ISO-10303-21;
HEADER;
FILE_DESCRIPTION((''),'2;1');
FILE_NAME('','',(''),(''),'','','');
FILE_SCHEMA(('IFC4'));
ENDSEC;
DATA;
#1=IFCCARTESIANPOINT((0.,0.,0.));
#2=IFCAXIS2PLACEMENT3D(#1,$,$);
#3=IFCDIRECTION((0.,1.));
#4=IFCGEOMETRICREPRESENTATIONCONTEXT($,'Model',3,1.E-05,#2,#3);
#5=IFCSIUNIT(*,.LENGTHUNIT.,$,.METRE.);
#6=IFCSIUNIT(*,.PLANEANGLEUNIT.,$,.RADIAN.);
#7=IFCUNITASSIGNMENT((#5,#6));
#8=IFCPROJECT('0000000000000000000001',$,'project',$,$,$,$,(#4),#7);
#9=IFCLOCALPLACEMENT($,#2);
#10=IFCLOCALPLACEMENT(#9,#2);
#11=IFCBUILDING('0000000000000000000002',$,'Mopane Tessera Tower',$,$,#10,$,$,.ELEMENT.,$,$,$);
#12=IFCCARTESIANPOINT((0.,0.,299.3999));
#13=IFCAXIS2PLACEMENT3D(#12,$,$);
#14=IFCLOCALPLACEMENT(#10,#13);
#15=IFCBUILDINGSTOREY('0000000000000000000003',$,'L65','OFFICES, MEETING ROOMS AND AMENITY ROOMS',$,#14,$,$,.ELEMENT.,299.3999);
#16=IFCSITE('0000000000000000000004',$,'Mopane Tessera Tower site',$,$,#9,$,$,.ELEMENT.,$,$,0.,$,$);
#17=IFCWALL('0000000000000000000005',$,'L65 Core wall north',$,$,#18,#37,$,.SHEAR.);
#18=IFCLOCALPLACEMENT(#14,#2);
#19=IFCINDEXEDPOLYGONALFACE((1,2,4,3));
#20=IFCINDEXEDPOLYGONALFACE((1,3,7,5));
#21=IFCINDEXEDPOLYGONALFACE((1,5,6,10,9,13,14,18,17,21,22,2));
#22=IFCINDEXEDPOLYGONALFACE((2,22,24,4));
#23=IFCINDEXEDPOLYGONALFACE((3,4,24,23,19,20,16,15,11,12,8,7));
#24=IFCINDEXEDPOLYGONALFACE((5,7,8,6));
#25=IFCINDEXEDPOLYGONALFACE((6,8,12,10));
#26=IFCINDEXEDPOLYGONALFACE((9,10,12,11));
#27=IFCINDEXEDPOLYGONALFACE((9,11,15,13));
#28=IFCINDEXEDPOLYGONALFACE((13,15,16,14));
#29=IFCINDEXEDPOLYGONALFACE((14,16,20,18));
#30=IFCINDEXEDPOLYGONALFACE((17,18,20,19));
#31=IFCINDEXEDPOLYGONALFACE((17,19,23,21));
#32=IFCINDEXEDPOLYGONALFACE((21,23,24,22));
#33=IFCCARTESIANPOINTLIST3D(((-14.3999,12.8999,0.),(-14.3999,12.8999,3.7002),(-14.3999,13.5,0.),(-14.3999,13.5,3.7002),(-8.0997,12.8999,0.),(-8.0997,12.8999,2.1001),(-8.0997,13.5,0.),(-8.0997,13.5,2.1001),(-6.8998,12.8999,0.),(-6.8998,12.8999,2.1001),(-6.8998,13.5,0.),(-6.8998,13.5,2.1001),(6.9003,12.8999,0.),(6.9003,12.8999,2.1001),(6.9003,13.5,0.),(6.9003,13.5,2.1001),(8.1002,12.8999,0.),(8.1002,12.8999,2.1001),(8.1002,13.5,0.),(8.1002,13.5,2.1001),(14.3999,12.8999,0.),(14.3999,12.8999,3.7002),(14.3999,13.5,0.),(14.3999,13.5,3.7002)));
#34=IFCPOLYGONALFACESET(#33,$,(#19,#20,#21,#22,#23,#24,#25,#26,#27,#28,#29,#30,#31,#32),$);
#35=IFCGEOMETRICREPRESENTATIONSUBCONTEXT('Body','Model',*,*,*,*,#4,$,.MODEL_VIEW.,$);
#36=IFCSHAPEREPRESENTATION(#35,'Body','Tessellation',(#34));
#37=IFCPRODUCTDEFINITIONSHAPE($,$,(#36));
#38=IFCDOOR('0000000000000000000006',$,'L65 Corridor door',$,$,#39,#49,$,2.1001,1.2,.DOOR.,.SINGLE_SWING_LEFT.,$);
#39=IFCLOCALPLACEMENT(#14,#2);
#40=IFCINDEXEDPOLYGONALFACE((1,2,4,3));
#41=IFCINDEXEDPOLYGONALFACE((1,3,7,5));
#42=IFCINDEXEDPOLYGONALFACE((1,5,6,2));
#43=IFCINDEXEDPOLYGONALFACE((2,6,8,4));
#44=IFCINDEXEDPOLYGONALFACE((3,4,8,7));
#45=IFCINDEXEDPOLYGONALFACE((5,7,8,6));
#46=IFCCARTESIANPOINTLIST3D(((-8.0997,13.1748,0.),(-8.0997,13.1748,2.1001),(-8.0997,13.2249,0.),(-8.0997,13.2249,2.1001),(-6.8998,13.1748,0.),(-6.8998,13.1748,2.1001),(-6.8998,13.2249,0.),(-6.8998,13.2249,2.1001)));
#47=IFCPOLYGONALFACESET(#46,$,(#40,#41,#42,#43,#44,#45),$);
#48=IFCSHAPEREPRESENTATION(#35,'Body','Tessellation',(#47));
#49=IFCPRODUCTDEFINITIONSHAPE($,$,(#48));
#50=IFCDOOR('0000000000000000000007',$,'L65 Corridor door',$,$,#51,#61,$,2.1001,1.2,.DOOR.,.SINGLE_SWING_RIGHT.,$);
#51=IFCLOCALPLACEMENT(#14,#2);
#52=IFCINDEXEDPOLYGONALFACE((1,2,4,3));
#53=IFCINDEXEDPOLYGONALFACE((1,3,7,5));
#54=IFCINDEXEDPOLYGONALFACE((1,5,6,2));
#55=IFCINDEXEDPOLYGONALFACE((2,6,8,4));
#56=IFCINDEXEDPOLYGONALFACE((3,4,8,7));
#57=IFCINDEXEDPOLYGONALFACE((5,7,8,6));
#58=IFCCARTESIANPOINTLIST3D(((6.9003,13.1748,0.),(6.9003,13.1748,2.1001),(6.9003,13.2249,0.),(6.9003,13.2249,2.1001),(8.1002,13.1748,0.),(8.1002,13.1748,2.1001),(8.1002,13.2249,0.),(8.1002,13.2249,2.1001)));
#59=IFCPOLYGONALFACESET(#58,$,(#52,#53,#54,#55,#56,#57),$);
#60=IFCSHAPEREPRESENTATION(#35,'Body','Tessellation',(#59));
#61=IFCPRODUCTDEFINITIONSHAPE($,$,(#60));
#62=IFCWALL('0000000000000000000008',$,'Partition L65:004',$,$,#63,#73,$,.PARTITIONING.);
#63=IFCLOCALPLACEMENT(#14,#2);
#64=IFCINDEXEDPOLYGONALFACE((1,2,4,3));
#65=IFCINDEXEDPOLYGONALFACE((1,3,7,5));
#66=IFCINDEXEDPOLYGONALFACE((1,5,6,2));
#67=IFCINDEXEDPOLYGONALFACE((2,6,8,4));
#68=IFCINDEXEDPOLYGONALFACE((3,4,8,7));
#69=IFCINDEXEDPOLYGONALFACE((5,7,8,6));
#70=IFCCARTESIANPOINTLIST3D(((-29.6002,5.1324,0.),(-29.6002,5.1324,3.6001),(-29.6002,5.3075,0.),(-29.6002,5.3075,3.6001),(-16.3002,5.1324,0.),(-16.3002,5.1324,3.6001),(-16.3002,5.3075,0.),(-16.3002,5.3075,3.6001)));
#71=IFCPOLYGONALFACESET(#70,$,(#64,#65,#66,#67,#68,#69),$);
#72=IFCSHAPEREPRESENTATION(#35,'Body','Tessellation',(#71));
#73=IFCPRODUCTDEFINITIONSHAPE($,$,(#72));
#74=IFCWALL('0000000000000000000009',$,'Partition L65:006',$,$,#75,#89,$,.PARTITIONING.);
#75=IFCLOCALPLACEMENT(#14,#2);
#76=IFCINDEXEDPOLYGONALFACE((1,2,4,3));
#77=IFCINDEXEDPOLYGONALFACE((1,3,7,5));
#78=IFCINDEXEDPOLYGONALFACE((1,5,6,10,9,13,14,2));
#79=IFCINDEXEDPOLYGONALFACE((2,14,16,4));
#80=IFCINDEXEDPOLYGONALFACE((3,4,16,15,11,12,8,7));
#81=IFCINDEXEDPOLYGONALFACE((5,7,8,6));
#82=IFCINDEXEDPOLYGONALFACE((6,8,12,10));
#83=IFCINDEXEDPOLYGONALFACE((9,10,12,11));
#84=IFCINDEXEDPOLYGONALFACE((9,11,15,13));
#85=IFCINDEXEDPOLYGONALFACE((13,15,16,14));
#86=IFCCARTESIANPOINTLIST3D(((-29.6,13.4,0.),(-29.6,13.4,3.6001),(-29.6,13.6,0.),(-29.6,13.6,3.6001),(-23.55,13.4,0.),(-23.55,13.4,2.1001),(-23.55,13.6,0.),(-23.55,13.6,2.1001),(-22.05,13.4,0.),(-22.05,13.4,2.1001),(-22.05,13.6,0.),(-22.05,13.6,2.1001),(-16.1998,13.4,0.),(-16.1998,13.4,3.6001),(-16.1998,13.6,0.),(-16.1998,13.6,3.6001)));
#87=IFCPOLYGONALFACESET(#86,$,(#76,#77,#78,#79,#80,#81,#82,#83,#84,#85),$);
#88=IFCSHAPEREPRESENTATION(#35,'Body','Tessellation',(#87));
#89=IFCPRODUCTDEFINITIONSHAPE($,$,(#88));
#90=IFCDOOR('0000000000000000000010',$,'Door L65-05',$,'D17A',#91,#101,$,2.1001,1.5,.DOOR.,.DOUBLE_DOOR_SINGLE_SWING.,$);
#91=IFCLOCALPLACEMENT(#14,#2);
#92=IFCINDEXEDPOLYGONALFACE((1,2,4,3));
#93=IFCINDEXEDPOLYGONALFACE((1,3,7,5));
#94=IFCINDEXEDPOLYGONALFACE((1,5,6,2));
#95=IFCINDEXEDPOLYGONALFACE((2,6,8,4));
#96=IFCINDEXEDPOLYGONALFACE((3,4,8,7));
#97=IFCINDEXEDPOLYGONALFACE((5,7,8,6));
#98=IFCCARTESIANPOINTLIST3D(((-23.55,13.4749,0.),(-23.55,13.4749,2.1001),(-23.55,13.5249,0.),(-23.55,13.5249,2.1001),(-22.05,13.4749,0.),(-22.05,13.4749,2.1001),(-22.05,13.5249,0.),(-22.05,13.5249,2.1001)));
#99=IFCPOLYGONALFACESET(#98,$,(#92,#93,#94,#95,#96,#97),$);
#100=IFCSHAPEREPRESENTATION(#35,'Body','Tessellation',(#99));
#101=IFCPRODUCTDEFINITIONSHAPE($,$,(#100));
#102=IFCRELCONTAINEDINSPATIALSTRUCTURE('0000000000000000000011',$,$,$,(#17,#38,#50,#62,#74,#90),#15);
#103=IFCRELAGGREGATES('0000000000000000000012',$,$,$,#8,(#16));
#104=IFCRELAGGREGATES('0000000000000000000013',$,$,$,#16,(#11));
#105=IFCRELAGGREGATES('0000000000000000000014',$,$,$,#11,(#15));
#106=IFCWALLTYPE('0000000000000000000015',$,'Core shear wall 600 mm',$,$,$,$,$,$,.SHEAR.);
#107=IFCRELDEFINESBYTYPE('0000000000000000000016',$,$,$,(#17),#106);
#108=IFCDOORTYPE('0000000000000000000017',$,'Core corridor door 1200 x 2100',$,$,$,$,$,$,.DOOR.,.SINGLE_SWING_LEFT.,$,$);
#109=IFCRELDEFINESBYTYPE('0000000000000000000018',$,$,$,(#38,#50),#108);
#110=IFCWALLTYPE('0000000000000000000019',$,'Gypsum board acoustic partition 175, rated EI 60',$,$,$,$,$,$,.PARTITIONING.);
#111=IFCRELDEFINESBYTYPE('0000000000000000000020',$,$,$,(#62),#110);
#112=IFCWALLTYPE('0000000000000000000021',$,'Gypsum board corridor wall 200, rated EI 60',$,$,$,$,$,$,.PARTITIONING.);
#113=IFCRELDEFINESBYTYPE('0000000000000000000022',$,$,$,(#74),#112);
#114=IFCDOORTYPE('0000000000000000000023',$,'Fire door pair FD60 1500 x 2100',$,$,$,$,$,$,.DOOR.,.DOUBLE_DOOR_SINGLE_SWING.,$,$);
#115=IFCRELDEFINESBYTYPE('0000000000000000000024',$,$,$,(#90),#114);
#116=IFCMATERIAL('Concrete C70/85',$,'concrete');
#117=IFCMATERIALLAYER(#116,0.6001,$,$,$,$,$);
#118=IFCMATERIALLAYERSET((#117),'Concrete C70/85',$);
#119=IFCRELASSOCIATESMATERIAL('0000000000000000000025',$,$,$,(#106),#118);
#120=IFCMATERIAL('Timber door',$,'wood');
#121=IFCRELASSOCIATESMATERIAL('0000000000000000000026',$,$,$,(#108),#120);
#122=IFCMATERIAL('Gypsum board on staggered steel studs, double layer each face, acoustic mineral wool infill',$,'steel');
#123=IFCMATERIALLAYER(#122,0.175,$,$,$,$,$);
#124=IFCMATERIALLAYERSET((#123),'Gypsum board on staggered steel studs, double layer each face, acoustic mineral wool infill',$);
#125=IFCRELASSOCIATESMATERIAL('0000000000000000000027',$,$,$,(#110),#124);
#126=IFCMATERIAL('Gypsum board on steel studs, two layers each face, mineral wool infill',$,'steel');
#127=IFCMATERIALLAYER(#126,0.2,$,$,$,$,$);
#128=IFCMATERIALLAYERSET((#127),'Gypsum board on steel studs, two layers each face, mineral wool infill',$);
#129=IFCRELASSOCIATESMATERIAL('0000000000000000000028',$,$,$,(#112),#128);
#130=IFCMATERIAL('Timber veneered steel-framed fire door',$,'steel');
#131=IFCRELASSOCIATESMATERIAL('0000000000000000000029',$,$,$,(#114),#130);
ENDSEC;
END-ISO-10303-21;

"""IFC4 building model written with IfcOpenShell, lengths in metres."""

from ifc_helpers import new_model, si_unit, direction, frame, frame_2d, origin, place, context, subcontext, project, spatial, rectangle, extrude, material, layer, layer_set, type_object, element, fill, save


model = new_model("IFC4")

# Units and contexts
model_context = context("Model", 3, precision=1e-05, world=origin(), true_north=direction((0.0, 1.0)))
body_context = subcontext(model_context, "Body", "Model", "MODEL_VIEW")
ifc_project = project(units=[si_unit("LENGTHUNIT", "METRE"), si_unit("PLANEANGLEUNIT", "RADIAN")], contexts=[model_context])

# Site, building, storey
site_placement = place(None, origin())
site = spatial("IfcSite", under=ifc_project, at=site_placement, Name="Mopane Tessera Tower site", CompositionType="ELEMENT", RefElevation=0.0)
building_placement = place(site_placement, origin())
building = spatial("IfcBuilding", under=site, at=building_placement, Name="Mopane Tessera Tower", CompositionType="ELEMENT")
storey_placement = place(building_placement, frame((0.0, 0.0, 299.3999)))
storey = spatial("IfcBuildingStorey", under=building, at=storey_placement, Name="L65", Description="OFFICES, MEETING ROOMS AND AMENITY ROOMS", CompositionType="ELEMENT", Elevation=299.3999)

# Wall, openings, doors
ifc_material_1 = material(Name="Concrete C70/85", Category="concrete")
ifc_layer_1 = layer(ifc_material_1, 0.6001)
ifc_layer_set_1 = layer_set([ifc_layer_1], Name="Concrete C70/85")
wall_type_1 = type_object("IfcWallType", Name="Core shear wall 600 mm", PredefinedType="SHEAR", material=ifc_layer_set_1)
wall_1_placement = place(storey_placement, frame((-14.3999, 13.2, 0.0), z_axis=(0.0, 0.0, 1.0), x_axis=(1.0, 0.0, 0.0)))
wall_1 = element("IfcWall", 1, at=wall_1_placement, inside=storey, type_object=wall_type_1, Name="L65 Core wall north", PredefinedType="SHEAR", context=body_context, shape_type="SweptSolid", body=[
    extrude(rectangle(XDim=28.7998, YDim=0.6001, at=frame_2d((14.3999, 0.0))), origin(), (0.0, 0.0, 1.0), 3.7002),
])
opening_1_placement = place(wall_1_placement, frame((6.3, 0.0, 0.0)))
opening_1 = element("IfcOpeningElement", 2, at=opening_1_placement, cuts=wall_1, PredefinedType="OPENING", context=body_context, shape_type="SweptSolid", body=[
    extrude(rectangle(XDim=1.2, YDim=2.1001, at=frame_2d((0.6001, 1.05))), frame((0.0, 0.312, 0.0), z_axis=(0.0, -1.0, 0.0), x_axis=(1.0, 0.0, 0.0)), (0.0, 0.0, 1.0), 0.624),
])
opening_2_placement = place(wall_1_placement, frame((21.3, 0.0, 0.0)))
opening_2 = element("IfcOpeningElement", 3, at=opening_2_placement, cuts=wall_1, PredefinedType="OPENING", context=body_context, shape_type="SweptSolid", body=[
    extrude(rectangle(XDim=1.2, YDim=2.1001, at=frame_2d((0.6001, 1.05))), frame((0.0, 0.312, 0.0), z_axis=(0.0, -1.0, 0.0), x_axis=(1.0, 0.0, 0.0)), (0.0, 0.0, 1.0), 0.624),
])
ifc_material_2 = material(Name="Timber door", Category="wood")
door_type_1 = type_object("IfcDoorType", Name="Core corridor door 1200 x 2100", OperationType="SINGLE_SWING_LEFT", PredefinedType="DOOR", material=ifc_material_2)
door_1_placement = place(opening_1_placement, origin())
door_1 = element("IfcDoor", 4, at=door_1_placement, inside=storey, type_object=door_type_1, Name="L65 Corridor door", OperationType="SINGLE_SWING_LEFT", OverallHeight=2.1001, OverallWidth=1.2, PredefinedType="DOOR", context=body_context, shape_type="SweptSolid", body=[
    extrude(rectangle(XDim=1.2, YDim=2.1001, at=frame_2d((0.6001, 1.05))), frame((0.0, 0.0249, 0.0), z_axis=(0.0, -1.0, 0.0), x_axis=(1.0, 0.0, 0.0)), (0.0, 0.0, 1.0), 0.05),
])
fill(opening_1, door_1)
door_2_placement = place(opening_2_placement, origin())
door_2 = element("IfcDoor", 5, at=door_2_placement, inside=storey, type_object=door_type_1, Name="L65 Corridor door", OperationType="SINGLE_SWING_RIGHT", OverallHeight=2.1001, OverallWidth=1.2, PredefinedType="DOOR", context=body_context, shape_type="SweptSolid", body=[
    extrude(rectangle(XDim=1.2, YDim=2.1001, at=frame_2d((0.6001, 1.05))), frame((0.0, 0.0249, 0.0), z_axis=(0.0, -1.0, 0.0), x_axis=(1.0, 0.0, 0.0)), (0.0, 0.0, 1.0), 0.05),
])
fill(opening_2, door_2)

# Wall
ifc_material_3 = material(Name="Gypsum board on staggered steel studs, double layer each face, acoustic mineral wool infill", Category="steel")
ifc_layer_2 = layer(ifc_material_3, 0.175)
ifc_layer_set_2 = layer_set([ifc_layer_2], Name="Gypsum board on staggered steel studs, double layer each face, acoustic mineral wool infill")
wall_type_2 = type_object("IfcWallType", Name="Gypsum board acoustic partition 175, rated EI 60", PredefinedType="PARTITIONING", material=ifc_layer_set_2)
wall_2_placement = place(storey_placement, frame((-29.6001, 5.22, 0.0), z_axis=(0.0, 0.0, 1.0), x_axis=(1.0, 0.0, 0.0)))
element("IfcWall", 6, at=wall_2_placement, inside=storey, type_object=wall_type_2, Name="Partition L65:004", PredefinedType="PARTITIONING", context=body_context, shape_type="SweptSolid", body=[
    extrude(rectangle(XDim=13.3, YDim=0.175, at=frame_2d((6.6499, 0.0))), origin(), (0.0, 0.0, 1.0), 3.6001),
])

# Wall, opening, door
ifc_material_4 = material(Name="Gypsum board on steel studs, two layers each face, mineral wool infill", Category="steel")
ifc_layer_3 = layer(ifc_material_4, 0.2)
ifc_layer_set_3 = layer_set([ifc_layer_3], Name="Gypsum board on steel studs, two layers each face, mineral wool infill")
wall_type_3 = type_object("IfcWallType", Name="Gypsum board corridor wall 200, rated EI 60", PredefinedType="PARTITIONING", material=ifc_layer_set_3)
wall_3_placement = place(storey_placement, frame((-29.6001, 13.5, 0.0), z_axis=(0.0, 0.0, 1.0), x_axis=(1.0, 0.0, 0.0)))
wall_3 = element("IfcWall", 7, at=wall_3_placement, inside=storey, type_object=wall_type_3, Name="Partition L65:006", PredefinedType="PARTITIONING", context=body_context, shape_type="SweptSolid", body=[
    extrude(rectangle(XDim=13.4001, YDim=0.2, at=frame_2d((6.7002, 0.0))), origin(), (0.0, 0.0, 1.0), 3.6001),
])
opening_3_placement = place(wall_3_placement, frame((6.05, 0.0, 0.0)))
opening_3 = element("IfcOpeningElement", 8, at=opening_3_placement, cuts=wall_3, PredefinedType="OPENING", context=body_context, shape_type="SweptSolid", body=[
    extrude(rectangle(XDim=1.5, YDim=2.1001, at=frame_2d((0.75, 1.05))), frame((0.0, 0.1121, 0.0), z_axis=(0.0, -1.0, 0.0), x_axis=(1.0, 0.0, 0.0)), (0.0, 0.0, 1.0), 0.2239),
])
ifc_material_5 = material(Name="Timber veneered steel-framed fire door", Category="steel")
door_type_2 = type_object("IfcDoorType", Name="Fire door pair FD60 1500 x 2100", OperationType="DOUBLE_DOOR_SINGLE_SWING", PredefinedType="DOOR", material=ifc_material_5)
door_3_placement = place(opening_3_placement, origin())
door_3 = element("IfcDoor", 9, at=door_3_placement, inside=storey, type_object=door_type_2, Name="Door L65-05", ObjectType="D17A", OperationType="DOUBLE_DOOR_SINGLE_SWING", OverallHeight=2.1001, OverallWidth=1.5, PredefinedType="DOOR", context=body_context, shape_type="SweptSolid", body=[
    extrude(rectangle(XDim=1.5, YDim=2.1001, at=frame_2d((0.75, 1.05))), frame((0.0, 0.0249, 0.0), z_axis=(0.0, -1.0, 0.0), x_axis=(1.0, 0.0, 0.0)), (0.0, 0.0, 1.0), 0.05),
])
fill(opening_3, door_3)

save(model, "model.ifc")
